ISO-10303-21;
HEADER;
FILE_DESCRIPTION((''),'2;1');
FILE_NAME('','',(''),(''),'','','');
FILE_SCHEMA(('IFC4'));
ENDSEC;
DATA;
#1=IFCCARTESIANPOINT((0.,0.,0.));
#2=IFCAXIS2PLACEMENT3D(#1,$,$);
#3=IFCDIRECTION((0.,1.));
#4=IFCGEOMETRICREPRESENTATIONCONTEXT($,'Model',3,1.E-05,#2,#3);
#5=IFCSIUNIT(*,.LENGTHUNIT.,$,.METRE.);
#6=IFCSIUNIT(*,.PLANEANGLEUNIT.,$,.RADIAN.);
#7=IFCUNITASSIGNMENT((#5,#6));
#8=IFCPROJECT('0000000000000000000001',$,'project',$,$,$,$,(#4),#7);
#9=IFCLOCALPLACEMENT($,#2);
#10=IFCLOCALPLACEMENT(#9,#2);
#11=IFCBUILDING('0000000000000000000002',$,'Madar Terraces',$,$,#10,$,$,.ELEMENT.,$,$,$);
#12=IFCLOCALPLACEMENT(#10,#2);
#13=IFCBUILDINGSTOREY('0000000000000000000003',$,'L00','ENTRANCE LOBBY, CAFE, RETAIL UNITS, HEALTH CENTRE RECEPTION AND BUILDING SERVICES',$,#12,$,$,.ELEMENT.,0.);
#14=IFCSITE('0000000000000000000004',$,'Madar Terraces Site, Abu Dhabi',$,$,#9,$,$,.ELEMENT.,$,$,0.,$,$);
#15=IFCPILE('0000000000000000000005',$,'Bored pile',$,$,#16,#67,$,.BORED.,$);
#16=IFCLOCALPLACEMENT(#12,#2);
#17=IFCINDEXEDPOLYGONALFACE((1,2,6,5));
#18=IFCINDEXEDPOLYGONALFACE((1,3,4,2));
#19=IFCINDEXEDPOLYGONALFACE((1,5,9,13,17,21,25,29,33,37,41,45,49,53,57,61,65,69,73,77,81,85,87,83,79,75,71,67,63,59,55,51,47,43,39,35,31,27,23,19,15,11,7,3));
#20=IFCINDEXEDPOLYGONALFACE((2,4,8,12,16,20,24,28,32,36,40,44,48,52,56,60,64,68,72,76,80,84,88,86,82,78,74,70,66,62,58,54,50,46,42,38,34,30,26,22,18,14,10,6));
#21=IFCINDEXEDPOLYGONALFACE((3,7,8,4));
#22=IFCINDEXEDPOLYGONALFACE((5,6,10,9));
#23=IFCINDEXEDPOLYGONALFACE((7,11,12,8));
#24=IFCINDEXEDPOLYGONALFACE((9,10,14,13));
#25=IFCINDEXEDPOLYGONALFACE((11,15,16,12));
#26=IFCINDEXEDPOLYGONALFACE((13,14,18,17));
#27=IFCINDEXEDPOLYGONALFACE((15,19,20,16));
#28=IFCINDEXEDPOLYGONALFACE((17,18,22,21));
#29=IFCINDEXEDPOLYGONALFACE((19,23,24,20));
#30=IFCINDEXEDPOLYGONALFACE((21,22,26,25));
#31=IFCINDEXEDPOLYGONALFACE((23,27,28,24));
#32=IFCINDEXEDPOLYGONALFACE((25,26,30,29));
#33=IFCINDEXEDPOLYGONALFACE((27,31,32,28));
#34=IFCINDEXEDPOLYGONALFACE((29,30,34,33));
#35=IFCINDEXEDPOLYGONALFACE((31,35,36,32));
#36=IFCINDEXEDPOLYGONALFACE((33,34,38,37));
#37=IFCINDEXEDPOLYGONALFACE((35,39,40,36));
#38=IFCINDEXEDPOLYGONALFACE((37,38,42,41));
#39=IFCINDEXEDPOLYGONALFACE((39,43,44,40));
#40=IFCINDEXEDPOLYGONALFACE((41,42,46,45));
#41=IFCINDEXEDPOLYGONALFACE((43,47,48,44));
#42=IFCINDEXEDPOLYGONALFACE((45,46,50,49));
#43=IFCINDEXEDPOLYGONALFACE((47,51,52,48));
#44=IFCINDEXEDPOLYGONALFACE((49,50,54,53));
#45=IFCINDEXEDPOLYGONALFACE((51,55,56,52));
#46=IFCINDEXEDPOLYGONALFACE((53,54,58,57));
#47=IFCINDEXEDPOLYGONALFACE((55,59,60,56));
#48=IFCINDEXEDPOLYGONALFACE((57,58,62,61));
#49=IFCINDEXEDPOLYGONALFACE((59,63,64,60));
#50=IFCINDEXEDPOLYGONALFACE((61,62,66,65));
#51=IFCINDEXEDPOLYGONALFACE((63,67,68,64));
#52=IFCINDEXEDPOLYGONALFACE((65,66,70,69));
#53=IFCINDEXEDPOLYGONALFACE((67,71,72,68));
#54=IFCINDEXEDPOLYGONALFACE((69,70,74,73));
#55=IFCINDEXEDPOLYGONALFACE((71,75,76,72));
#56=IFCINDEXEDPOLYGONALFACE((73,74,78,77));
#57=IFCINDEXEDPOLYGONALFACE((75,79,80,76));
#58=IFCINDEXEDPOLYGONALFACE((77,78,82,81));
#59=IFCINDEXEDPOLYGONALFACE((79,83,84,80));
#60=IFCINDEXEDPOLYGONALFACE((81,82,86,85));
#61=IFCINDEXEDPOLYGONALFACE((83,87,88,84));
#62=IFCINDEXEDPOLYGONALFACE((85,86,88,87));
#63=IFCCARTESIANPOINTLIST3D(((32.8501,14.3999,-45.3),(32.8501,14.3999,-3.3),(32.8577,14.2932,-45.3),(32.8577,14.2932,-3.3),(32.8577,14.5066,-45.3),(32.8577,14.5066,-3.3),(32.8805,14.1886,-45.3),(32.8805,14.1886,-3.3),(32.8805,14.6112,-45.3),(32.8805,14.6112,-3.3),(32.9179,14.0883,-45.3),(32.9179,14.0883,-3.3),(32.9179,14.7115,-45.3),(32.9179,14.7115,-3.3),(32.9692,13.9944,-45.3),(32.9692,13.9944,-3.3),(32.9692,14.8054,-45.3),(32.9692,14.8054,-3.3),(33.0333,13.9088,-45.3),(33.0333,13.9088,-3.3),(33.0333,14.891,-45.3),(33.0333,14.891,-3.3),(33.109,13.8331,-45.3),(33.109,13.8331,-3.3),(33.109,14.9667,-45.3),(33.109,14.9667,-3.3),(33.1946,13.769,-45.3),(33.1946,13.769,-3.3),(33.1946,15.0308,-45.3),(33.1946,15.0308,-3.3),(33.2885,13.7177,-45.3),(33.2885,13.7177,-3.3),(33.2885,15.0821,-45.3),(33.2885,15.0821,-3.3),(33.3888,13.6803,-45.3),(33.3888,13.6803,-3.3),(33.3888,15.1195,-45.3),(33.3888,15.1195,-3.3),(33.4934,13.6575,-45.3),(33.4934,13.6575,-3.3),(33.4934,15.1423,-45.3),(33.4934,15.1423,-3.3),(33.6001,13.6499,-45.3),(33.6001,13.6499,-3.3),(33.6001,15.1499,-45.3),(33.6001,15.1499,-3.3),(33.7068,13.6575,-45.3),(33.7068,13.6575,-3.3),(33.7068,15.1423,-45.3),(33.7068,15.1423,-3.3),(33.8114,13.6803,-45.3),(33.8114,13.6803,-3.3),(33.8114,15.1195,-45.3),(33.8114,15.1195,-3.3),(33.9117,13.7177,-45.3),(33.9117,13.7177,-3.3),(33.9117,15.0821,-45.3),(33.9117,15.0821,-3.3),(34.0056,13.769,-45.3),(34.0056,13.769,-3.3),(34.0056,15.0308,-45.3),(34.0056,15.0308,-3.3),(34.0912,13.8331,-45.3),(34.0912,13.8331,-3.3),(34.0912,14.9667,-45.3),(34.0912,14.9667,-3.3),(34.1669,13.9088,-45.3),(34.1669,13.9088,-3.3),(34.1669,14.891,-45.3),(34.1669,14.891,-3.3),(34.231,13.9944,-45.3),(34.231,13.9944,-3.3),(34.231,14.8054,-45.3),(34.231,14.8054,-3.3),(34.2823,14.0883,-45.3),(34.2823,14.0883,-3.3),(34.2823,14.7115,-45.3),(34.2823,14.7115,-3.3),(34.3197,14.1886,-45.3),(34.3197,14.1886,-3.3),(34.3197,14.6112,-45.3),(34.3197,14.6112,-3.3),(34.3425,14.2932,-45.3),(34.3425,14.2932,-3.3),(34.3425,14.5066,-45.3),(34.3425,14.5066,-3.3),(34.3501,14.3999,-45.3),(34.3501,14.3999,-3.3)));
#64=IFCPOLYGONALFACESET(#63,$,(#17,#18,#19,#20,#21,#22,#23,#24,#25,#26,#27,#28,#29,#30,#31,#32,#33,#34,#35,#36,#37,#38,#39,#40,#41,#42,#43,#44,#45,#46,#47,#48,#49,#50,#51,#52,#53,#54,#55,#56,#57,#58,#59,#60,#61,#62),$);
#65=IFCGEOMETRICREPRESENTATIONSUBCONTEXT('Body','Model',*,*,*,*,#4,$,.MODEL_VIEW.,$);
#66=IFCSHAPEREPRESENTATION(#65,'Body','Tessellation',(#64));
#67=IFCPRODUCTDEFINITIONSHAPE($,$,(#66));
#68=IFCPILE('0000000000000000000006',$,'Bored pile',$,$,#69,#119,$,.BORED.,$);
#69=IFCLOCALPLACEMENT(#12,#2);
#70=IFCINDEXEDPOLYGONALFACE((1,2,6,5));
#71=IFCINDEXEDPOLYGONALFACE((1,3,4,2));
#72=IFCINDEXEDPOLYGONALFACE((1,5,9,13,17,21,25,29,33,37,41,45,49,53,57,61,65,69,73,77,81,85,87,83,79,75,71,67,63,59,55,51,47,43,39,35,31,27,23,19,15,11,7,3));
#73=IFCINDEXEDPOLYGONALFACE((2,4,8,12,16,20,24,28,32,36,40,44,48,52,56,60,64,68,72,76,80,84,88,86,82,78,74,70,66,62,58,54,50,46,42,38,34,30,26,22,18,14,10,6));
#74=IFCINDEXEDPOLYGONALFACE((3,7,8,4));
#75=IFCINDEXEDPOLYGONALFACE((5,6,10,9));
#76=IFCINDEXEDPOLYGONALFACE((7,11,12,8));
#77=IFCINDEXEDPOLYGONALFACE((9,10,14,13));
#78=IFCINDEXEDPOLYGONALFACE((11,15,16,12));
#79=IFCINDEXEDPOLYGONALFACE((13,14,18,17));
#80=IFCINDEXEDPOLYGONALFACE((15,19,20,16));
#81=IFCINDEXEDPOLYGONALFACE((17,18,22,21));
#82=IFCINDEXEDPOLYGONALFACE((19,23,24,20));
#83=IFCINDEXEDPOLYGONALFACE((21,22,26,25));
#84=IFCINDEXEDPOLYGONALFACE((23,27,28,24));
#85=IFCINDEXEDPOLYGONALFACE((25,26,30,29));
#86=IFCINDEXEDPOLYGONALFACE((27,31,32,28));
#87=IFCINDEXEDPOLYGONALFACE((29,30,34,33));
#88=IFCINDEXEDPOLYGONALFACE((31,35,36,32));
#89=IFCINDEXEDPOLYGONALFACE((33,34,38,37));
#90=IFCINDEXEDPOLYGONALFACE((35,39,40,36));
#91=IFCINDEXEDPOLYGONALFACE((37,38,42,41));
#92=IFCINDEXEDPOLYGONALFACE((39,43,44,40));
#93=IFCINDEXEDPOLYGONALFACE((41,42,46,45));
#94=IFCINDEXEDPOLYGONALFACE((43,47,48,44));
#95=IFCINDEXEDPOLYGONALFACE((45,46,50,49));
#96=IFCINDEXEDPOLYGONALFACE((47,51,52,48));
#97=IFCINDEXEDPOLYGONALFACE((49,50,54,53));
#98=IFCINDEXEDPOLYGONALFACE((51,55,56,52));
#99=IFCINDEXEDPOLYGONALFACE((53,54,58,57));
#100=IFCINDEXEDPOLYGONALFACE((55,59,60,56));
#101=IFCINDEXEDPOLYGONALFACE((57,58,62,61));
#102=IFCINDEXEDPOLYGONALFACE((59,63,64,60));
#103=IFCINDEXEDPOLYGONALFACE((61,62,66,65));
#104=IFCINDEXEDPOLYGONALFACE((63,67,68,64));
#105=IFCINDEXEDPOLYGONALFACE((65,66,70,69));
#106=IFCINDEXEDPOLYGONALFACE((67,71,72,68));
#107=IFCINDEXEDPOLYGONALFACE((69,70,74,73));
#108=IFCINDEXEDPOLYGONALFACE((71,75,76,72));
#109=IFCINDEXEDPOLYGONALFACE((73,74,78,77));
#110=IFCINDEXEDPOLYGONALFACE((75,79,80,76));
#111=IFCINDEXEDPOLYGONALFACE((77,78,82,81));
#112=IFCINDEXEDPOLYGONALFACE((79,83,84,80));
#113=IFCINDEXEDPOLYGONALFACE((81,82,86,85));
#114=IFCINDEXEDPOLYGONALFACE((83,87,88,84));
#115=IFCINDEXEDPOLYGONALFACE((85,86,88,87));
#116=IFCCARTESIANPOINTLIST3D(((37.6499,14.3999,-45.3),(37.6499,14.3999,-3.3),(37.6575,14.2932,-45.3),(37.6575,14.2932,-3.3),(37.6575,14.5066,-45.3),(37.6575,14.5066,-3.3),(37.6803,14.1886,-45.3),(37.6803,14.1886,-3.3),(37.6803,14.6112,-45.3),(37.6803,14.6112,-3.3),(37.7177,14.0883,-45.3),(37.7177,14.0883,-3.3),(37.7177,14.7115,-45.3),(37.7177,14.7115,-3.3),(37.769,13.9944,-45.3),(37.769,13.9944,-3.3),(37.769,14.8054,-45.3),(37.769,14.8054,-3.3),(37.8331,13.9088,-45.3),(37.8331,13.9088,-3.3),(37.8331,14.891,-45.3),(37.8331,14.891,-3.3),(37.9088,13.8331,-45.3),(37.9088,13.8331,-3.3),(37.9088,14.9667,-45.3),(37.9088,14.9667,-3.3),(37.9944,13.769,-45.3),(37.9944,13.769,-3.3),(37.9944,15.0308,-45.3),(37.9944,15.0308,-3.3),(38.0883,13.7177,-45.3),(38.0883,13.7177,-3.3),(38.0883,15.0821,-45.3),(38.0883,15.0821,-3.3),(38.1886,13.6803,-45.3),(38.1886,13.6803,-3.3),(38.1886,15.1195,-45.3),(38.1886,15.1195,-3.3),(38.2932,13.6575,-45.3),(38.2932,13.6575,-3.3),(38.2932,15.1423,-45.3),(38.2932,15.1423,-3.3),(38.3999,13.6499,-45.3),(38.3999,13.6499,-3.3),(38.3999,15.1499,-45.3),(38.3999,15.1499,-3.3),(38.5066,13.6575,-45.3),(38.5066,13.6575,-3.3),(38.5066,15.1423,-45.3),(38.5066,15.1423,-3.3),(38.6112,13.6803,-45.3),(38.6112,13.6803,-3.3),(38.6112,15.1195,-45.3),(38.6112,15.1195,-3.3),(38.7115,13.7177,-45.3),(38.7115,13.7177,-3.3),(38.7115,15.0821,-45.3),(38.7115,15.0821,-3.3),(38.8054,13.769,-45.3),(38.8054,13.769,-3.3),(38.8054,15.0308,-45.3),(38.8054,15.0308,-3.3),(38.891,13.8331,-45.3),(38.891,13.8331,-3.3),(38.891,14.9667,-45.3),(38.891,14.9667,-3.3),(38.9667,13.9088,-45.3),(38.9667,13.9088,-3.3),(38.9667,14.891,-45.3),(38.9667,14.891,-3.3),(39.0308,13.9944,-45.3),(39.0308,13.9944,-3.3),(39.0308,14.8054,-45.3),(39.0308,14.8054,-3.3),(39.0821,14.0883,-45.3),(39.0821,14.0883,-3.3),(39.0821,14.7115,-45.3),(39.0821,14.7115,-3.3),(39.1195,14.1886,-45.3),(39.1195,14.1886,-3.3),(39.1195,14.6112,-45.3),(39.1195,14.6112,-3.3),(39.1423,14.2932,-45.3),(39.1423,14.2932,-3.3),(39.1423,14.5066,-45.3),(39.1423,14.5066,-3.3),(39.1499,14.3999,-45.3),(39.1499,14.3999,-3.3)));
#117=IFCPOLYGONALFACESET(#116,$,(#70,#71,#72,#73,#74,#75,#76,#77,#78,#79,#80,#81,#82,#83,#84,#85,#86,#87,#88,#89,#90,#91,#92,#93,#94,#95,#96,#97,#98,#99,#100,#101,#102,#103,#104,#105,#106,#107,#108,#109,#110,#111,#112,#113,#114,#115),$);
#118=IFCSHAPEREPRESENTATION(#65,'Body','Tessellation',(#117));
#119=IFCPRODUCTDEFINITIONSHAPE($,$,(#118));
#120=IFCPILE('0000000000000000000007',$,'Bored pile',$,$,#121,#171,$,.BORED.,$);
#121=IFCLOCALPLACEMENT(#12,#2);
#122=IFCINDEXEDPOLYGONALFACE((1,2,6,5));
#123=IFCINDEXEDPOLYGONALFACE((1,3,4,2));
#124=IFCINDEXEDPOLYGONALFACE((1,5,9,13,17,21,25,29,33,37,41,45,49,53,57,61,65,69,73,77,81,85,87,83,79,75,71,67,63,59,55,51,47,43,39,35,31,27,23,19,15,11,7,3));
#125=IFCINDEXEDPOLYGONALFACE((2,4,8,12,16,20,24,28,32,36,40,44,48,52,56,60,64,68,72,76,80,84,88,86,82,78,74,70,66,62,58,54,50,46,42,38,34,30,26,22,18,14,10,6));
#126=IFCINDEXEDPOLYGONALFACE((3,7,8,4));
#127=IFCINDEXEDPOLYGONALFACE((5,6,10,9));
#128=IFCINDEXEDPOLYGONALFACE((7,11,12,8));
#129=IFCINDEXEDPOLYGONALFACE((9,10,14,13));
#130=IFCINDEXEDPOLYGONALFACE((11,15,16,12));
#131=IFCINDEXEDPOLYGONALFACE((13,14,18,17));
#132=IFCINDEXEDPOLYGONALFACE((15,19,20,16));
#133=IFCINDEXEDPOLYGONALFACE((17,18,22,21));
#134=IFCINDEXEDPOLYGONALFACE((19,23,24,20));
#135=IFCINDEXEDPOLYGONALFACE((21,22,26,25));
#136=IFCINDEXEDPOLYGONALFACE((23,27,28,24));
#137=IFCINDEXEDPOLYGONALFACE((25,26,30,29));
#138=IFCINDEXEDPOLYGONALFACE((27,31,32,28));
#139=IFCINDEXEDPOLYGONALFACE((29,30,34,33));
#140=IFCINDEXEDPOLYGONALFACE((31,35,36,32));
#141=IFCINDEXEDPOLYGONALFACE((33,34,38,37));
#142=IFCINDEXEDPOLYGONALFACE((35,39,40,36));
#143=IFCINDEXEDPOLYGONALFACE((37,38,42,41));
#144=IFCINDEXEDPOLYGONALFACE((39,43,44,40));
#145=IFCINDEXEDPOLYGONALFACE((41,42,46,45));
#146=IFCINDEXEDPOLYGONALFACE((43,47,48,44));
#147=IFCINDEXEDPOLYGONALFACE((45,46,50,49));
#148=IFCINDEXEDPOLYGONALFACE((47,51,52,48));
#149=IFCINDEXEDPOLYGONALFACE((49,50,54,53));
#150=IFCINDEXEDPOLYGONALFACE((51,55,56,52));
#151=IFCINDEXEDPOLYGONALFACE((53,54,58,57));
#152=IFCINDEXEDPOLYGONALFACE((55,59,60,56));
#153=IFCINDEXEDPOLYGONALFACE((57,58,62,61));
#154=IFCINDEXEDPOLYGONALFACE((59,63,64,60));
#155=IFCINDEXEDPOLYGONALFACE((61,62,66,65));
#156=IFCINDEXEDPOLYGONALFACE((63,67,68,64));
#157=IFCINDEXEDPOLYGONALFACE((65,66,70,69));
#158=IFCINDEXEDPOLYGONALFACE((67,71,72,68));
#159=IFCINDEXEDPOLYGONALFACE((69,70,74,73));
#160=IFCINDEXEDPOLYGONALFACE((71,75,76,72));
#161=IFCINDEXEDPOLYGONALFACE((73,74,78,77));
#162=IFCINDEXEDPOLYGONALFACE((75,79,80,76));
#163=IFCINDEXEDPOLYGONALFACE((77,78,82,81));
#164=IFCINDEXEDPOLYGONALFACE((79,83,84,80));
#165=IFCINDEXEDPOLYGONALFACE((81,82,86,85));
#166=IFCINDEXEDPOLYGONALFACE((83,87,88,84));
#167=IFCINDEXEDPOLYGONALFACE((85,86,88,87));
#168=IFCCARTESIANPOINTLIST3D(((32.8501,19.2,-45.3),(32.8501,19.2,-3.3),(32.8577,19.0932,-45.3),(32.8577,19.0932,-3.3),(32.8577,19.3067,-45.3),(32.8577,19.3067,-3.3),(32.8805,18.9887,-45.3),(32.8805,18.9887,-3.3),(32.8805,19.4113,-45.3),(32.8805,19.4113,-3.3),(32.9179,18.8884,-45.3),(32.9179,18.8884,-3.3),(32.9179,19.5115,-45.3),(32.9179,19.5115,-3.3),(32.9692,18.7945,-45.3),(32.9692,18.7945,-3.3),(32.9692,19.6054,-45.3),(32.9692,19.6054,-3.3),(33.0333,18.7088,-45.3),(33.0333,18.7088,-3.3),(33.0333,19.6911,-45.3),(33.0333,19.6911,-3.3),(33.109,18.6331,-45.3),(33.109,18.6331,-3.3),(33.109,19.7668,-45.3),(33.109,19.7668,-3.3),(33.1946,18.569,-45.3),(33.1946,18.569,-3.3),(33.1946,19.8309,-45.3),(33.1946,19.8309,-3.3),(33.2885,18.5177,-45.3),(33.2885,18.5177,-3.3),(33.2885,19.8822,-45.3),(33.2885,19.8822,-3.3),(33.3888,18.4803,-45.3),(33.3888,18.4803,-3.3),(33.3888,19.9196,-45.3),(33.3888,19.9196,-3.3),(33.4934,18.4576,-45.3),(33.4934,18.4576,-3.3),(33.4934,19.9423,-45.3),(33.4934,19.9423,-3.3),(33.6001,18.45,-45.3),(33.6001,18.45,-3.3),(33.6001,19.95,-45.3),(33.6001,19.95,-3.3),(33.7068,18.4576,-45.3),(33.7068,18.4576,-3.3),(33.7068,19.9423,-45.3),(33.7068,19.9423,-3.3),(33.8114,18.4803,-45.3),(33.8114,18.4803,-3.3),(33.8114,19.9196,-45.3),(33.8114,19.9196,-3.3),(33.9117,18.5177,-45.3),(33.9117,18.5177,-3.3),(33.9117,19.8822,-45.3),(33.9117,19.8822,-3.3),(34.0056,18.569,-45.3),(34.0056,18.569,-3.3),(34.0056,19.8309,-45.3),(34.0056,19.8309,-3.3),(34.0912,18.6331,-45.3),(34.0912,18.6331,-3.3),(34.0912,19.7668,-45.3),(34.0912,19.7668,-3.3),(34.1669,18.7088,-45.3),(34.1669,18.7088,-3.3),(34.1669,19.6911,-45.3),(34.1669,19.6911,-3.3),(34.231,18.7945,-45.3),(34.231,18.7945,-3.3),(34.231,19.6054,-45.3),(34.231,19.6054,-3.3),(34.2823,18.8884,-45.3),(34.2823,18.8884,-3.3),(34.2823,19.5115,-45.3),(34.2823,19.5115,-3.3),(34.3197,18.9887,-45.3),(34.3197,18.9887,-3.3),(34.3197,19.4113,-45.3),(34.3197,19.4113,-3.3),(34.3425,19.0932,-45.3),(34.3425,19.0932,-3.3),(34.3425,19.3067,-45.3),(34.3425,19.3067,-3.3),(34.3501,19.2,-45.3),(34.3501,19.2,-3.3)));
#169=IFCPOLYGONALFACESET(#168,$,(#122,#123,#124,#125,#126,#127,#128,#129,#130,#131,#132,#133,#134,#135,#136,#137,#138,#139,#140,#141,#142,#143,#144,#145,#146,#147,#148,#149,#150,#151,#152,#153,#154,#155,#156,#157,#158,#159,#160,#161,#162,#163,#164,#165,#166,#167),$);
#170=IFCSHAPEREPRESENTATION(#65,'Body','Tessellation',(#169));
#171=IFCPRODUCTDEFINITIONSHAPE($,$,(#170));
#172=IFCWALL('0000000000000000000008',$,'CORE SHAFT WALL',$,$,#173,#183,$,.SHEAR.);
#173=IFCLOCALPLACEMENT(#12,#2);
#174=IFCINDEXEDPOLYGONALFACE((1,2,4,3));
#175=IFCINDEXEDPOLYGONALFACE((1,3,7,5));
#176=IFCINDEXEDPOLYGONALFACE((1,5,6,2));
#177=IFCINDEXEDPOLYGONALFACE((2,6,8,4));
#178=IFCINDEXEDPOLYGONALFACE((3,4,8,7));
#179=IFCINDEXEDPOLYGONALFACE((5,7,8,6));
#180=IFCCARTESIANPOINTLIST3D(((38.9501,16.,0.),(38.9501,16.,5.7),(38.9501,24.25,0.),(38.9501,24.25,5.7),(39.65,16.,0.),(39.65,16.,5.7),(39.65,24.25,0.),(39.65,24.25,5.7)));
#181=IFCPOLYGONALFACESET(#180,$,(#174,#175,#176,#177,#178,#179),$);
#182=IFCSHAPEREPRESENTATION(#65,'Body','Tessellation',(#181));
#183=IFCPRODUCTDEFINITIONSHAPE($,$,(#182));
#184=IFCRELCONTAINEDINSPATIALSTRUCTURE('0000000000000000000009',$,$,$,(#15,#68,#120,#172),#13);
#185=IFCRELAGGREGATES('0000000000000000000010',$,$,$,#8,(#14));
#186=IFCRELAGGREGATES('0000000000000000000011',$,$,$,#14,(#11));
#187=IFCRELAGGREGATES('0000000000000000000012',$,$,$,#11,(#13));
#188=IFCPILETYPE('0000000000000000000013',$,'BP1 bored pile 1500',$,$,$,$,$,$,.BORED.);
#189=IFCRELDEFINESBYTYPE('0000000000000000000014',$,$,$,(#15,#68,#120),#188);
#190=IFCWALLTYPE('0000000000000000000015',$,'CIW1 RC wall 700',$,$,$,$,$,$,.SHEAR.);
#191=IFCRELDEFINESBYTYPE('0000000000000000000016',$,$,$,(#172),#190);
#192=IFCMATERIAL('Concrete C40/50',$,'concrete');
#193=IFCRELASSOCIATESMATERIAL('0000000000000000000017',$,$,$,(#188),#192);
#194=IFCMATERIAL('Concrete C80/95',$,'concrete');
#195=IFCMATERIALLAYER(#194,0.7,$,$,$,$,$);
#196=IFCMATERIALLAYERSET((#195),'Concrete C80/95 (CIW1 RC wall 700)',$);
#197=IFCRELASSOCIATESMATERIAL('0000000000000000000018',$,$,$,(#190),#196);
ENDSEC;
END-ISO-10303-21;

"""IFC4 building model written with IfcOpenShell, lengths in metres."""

from ifc_helpers import new_model, si_unit, direction, frame, frame_2d, origin, origin_2d, place, context, subcontext, project, spatial, rectangle, circle, extrude, material, layer, layer_set, material_profile, profile_set, type_object, element, save


model = new_model("IFC4")

# Units and contexts
model_context = context("Model", 3, precision=1e-05, world=origin(), true_north=direction((0.0, 1.0)))
body_context = subcontext(model_context, "Body", "Model", "MODEL_VIEW")
ifc_project = project(units=[si_unit("LENGTHUNIT", "METRE"), si_unit("PLANEANGLEUNIT", "RADIAN")], contexts=[model_context])

# Site, building, storey
site_placement = place(None, origin())
site = spatial("IfcSite", under=ifc_project, at=site_placement, Name="Madar Terraces Site, Abu Dhabi", CompositionType="ELEMENT", RefElevation=0.0)
building_placement = place(site_placement, origin())
building = spatial("IfcBuilding", under=site, at=building_placement, Name="Madar Terraces", CompositionType="ELEMENT")
storey_placement = place(building_placement, origin())
storey = spatial("IfcBuildingStorey", under=building, at=storey_placement, Name="L00", Description="ENTRANCE LOBBY, CAFE, RETAIL UNITS, HEALTH CENTRE RECEPTION AND BUILDING SERVICES", CompositionType="ELEMENT", Elevation=0.0)

# Piles
ifc_material_1 = material(Name="Concrete C40/50", Category="concrete")
ifc_material_profile = material_profile(ifc_material_1, circle(Radius=0.75, at=origin_2d()), Name="BP1 bored pile 1500")
ifc_profile_set = profile_set([ifc_material_profile], Name="Concrete C40/50")
pile_type = type_object("IfcPileType", Name="BP1 bored pile 1500", PredefinedType="BORED", material=ifc_profile_set)
for number, where, z_axis, x_axis, name in (
    (1, (33.6001, 14.3999, -3.3), (0.0, 0.0, -1.0), (1.0, 0.0, 0.0), "Bored pile"),
    (2, (38.3999, 14.3999, -3.3), (0.0, 0.0, -1.0), (1.0, 0.0, 0.0), "Bored pile"),
    (3, (33.6001, 19.2, -3.3), (0.0, 0.0, -1.0), (1.0, 0.0, 0.0), "Bored pile"),
):
    element("IfcPile", number, at=place(storey_placement, frame(where, z_axis=z_axis, x_axis=x_axis)), inside=storey, type_object=pile_type, Name=name, PredefinedType="BORED", context=body_context, shape_type="SweptSolid", body=[
        extrude(circle(Radius=0.75, at=origin_2d()), origin(), (0.0, 0.0, 1.0), 42.0),
    ])

# Wall
ifc_material_2 = material(Name="Concrete C80/95", Category="concrete")
ifc_layer_1 = layer(ifc_material_2, 0.7)
ifc_layer_set_1 = layer_set([ifc_layer_1], Name="Concrete C80/95 (CIW1 RC wall 700)")
wall_type_1 = type_object("IfcWallType", Name="CIW1 RC wall 700", PredefinedType="SHEAR", material=ifc_layer_set_1)
wall_1_placement = place(storey_placement, frame((39.3, 16.0, 0.0), z_axis=(0.0, 0.0, 1.0), x_axis=(0.0, 1.0, 0.0)))
element("IfcWall", 4, at=wall_1_placement, inside=storey, type_object=wall_type_1, Name="CORE SHAFT WALL", PredefinedType="SHEAR", context=body_context, shape_type="SweptSolid", body=[
    extrude(rectangle(XDim=8.25, YDim=0.7, at=frame_2d((4.125, 0.0))), origin(), (0.0, 0.0, 1.0), 5.7),
])

save(model, "model.ifc")
